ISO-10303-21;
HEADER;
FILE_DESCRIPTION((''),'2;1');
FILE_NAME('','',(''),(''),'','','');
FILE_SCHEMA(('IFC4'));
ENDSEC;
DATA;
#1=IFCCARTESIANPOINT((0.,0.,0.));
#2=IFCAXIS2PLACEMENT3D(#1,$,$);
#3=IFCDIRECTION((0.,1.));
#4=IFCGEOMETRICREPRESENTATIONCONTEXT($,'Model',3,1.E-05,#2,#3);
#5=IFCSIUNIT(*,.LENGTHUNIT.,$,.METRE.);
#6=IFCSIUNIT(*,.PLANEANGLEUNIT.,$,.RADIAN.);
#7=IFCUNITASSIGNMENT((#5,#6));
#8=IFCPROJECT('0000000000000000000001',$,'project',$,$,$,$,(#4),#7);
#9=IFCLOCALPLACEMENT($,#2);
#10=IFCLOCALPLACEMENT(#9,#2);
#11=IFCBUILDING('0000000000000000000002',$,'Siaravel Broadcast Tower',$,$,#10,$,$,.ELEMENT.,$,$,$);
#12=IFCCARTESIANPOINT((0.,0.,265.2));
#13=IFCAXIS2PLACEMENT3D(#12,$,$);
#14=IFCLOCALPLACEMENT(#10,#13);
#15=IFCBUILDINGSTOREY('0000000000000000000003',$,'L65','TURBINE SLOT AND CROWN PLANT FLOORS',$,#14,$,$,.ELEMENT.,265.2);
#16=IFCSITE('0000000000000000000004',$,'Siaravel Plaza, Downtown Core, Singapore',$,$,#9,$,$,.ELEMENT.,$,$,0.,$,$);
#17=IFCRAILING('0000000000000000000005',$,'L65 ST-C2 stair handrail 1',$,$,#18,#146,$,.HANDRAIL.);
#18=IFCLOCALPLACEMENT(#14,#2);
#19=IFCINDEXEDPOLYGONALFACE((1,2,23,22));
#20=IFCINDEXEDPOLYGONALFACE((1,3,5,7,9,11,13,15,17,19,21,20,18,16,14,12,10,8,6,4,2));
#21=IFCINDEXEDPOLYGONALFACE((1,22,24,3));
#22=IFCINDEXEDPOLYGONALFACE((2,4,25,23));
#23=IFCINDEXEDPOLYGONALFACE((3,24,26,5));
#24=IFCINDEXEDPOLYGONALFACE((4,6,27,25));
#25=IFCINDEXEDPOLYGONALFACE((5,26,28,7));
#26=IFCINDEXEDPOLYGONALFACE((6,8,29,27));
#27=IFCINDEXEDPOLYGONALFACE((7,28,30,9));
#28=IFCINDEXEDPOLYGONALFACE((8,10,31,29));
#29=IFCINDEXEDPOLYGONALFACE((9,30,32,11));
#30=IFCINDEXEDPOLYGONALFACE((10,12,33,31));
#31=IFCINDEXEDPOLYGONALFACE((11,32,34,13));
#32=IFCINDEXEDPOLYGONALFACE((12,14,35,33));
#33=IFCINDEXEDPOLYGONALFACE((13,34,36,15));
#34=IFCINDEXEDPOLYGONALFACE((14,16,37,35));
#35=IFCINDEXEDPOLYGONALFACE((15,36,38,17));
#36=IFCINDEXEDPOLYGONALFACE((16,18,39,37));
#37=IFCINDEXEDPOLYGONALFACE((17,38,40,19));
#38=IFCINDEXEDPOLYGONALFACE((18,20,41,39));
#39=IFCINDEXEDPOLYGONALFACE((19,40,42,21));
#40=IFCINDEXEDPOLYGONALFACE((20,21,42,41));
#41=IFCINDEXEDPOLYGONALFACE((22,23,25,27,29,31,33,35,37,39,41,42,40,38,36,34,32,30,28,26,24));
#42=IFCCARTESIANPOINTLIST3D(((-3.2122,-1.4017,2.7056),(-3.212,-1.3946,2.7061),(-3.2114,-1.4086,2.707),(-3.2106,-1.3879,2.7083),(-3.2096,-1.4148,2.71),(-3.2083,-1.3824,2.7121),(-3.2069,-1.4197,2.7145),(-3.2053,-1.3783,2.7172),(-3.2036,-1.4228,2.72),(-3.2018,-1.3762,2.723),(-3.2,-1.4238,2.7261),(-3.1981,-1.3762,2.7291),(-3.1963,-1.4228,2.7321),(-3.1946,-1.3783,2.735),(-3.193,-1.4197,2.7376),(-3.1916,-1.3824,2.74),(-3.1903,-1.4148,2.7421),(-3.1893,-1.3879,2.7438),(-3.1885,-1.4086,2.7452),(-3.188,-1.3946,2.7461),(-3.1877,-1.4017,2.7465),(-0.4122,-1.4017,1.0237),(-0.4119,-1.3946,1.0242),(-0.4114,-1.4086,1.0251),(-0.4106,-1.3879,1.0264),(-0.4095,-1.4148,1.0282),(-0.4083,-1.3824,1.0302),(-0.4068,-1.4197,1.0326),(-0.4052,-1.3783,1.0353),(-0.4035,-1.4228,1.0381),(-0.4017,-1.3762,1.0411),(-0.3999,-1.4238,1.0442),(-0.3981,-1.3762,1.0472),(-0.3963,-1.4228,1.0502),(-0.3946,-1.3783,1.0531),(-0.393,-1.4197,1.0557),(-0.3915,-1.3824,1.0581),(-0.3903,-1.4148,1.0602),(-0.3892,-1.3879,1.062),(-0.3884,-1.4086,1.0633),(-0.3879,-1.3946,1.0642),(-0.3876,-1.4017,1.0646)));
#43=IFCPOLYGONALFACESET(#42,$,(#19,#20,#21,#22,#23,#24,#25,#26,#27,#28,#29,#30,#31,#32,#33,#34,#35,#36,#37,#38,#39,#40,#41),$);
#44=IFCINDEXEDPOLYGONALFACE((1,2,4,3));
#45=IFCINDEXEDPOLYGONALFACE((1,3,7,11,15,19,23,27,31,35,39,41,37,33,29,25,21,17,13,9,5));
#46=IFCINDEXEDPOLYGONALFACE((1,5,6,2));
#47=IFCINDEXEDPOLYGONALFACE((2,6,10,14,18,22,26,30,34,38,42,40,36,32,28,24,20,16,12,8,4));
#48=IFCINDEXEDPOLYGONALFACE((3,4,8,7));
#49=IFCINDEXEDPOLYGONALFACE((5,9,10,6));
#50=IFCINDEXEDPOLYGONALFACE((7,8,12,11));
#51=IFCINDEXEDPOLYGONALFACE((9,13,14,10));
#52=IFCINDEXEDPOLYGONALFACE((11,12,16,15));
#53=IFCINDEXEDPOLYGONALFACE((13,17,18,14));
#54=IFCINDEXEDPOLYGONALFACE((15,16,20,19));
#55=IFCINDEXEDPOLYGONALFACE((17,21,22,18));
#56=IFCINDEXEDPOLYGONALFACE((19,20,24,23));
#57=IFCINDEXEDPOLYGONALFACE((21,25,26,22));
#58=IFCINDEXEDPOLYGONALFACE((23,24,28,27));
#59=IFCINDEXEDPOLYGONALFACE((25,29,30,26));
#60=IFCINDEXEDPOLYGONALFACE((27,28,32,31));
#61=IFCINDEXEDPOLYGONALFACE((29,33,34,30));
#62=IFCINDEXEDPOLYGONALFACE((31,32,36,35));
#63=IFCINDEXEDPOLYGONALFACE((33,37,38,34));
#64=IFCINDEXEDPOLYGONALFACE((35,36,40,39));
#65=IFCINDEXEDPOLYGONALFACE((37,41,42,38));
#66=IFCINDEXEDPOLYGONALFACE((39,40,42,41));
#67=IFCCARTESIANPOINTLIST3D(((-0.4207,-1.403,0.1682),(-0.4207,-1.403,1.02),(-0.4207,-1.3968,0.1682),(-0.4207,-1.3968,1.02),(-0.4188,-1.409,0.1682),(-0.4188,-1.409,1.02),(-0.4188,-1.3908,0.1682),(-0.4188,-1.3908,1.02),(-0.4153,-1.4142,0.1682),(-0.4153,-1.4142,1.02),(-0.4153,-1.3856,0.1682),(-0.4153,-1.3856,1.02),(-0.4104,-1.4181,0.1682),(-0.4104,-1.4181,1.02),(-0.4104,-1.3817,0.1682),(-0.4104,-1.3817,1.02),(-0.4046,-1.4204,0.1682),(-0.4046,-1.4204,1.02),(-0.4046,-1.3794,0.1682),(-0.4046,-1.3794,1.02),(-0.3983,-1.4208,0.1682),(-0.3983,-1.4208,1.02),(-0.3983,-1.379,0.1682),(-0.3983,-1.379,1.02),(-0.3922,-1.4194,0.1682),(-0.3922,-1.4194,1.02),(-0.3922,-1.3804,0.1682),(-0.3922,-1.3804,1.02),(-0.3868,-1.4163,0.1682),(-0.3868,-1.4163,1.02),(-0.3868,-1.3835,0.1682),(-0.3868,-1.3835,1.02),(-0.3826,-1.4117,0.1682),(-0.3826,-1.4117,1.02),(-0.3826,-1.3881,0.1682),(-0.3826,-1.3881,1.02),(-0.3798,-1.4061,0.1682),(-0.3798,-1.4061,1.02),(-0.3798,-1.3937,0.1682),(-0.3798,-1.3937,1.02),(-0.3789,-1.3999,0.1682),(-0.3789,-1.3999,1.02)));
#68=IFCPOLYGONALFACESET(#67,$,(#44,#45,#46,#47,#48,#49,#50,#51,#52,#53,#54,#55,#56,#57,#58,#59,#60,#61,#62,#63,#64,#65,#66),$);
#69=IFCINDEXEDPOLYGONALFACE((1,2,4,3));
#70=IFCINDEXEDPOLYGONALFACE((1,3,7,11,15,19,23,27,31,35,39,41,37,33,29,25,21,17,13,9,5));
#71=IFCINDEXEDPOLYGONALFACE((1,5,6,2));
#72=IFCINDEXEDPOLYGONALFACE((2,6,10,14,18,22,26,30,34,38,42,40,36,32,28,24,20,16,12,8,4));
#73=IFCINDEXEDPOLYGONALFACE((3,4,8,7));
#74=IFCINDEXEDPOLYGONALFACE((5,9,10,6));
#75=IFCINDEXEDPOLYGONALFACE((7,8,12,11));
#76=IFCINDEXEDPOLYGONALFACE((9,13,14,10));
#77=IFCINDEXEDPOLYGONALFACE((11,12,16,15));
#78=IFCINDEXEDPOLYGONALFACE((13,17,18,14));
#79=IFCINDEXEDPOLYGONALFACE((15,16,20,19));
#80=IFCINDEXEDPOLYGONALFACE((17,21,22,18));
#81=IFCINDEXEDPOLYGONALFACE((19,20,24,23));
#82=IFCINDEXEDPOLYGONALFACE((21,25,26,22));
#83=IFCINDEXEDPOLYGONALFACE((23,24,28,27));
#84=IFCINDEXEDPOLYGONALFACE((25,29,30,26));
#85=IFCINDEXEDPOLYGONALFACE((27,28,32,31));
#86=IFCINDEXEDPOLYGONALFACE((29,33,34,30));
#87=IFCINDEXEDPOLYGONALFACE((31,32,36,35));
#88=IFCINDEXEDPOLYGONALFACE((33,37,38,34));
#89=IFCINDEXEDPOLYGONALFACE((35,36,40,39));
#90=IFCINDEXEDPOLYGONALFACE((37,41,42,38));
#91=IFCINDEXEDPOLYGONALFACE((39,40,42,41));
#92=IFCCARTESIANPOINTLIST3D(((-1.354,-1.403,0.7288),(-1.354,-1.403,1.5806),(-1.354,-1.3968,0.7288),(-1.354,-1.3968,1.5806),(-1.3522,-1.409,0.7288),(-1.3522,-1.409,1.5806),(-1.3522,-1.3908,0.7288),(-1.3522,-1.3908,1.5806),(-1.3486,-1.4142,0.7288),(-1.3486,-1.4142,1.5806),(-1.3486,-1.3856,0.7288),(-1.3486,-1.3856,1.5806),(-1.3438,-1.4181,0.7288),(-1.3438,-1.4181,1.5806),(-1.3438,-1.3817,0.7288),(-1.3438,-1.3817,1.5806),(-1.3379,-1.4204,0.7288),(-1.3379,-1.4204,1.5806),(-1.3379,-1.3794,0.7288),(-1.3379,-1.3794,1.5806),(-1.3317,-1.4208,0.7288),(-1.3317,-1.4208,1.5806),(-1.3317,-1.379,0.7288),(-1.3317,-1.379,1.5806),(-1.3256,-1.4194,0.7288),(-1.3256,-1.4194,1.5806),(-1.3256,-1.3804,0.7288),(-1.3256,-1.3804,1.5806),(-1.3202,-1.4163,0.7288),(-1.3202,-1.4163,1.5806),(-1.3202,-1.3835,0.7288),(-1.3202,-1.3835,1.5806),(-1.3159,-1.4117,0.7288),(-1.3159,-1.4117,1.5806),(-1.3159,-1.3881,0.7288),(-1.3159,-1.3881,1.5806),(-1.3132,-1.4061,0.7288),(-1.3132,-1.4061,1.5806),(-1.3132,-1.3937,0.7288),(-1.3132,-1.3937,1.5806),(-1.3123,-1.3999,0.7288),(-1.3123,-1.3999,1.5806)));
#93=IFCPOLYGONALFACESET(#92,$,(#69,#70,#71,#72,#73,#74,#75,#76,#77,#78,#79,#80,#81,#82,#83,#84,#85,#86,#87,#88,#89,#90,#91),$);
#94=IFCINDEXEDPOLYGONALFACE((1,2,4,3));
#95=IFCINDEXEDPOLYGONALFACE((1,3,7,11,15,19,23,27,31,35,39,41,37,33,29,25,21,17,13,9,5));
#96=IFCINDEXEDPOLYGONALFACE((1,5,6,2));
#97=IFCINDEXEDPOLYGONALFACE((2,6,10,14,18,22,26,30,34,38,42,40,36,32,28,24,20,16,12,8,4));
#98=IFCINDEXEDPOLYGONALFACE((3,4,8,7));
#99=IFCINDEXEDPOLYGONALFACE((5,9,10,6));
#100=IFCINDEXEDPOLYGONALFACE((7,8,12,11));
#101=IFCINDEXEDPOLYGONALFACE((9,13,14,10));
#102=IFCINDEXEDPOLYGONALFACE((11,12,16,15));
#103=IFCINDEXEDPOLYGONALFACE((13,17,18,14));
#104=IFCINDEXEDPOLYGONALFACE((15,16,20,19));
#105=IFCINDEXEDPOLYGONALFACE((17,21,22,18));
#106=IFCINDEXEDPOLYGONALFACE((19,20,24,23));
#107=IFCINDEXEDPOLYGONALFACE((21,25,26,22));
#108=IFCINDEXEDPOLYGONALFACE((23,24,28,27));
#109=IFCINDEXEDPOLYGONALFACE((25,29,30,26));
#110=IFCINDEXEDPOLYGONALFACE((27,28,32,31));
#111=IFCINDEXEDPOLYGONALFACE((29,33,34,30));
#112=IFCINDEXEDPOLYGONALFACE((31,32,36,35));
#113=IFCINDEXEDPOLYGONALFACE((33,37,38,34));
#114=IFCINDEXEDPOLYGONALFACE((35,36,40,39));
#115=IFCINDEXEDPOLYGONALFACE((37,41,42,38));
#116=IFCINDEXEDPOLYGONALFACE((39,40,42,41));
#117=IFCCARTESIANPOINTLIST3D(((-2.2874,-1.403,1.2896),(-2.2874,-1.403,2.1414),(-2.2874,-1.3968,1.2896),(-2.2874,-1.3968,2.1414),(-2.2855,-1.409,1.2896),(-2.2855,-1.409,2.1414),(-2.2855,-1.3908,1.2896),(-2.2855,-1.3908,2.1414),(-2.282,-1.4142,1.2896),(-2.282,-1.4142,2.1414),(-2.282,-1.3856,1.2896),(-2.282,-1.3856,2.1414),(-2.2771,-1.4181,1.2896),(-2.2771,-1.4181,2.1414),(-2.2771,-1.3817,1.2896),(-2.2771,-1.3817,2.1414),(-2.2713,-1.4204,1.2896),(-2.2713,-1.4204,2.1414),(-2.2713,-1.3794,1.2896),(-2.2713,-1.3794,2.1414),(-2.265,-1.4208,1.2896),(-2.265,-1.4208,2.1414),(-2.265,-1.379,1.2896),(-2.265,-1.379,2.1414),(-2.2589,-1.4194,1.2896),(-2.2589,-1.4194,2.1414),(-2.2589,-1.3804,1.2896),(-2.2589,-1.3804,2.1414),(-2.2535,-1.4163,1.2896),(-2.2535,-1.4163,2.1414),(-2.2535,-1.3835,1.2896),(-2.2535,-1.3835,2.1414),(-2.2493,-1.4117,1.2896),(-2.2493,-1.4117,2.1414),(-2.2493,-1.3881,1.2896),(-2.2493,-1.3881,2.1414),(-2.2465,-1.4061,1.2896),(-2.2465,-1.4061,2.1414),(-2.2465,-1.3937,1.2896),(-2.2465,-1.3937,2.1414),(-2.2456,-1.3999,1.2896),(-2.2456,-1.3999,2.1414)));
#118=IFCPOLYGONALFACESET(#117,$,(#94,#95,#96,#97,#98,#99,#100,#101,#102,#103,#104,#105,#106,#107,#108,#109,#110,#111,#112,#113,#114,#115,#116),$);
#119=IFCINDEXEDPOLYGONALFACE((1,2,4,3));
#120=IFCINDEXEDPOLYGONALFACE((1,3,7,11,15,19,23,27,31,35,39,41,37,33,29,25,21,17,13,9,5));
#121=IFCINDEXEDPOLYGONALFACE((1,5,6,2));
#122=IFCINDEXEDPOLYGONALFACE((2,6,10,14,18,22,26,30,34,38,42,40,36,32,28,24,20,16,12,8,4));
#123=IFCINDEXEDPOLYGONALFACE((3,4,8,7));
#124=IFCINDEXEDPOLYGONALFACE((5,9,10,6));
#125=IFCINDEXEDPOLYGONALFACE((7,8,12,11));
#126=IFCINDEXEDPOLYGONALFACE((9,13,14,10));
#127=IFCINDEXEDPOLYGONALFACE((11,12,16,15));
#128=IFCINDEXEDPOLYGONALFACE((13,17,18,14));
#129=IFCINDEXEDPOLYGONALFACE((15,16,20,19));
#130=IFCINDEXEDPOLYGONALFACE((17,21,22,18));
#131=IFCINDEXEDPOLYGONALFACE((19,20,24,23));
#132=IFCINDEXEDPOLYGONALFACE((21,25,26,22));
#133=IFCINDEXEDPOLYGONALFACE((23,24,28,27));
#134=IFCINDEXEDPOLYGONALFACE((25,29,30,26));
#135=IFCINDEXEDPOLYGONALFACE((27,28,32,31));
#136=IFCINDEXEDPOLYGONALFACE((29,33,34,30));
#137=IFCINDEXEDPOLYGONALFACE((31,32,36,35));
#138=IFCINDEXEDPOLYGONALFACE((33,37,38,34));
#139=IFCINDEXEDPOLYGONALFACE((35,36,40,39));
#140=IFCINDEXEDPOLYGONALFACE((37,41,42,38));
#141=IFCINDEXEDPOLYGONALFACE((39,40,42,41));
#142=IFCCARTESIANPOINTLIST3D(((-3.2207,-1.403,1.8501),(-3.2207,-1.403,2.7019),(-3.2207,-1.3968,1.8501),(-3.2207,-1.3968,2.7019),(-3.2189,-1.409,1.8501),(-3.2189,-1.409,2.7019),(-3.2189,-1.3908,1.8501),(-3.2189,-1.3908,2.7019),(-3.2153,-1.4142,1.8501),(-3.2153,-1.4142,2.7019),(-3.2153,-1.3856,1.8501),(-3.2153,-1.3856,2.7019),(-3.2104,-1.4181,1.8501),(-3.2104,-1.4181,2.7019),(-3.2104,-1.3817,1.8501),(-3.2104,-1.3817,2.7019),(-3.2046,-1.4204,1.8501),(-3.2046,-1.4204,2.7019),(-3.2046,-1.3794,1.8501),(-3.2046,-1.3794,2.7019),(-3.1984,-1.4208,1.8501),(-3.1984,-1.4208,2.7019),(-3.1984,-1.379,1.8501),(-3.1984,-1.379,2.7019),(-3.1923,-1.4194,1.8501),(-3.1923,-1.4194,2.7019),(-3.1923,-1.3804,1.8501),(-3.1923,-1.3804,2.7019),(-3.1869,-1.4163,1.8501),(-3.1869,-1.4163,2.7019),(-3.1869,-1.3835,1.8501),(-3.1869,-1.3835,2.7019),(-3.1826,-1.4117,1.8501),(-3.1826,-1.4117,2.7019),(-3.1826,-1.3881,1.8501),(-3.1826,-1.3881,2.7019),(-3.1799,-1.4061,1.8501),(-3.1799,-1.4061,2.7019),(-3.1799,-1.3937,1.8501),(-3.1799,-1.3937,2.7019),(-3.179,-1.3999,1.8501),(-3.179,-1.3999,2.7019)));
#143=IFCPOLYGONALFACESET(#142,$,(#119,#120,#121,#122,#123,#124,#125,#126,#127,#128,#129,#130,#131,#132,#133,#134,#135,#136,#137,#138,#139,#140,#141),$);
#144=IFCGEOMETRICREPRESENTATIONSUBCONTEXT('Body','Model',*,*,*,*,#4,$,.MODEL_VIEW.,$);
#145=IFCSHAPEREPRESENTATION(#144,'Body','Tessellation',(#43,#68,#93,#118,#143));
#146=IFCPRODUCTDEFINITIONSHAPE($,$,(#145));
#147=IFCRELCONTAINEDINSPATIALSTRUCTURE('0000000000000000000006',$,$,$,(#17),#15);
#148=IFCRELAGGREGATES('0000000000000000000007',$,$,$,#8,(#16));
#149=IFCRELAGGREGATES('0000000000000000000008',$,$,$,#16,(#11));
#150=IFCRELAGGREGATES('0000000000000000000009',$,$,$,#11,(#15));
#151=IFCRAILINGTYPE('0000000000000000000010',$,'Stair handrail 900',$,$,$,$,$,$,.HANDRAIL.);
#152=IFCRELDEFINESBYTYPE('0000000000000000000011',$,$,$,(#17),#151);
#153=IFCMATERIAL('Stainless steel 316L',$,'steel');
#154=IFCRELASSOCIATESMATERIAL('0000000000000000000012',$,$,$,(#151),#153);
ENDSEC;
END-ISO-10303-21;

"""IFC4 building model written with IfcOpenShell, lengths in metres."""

from ifc_helpers import new_model, si_unit, direction, frame, origin, origin_2d, place, context, subcontext, project, spatial, circle, extrude, material, type_object, element, save


model = new_model("IFC4")

# Units and contexts
model_context = context("Model", 3, precision=1e-05, world=origin(), true_north=direction((0.0, 1.0)))
body_context = subcontext(model_context, "Body", "Model", "MODEL_VIEW")
ifc_project = project(units=[si_unit("LENGTHUNIT", "METRE"), si_unit("PLANEANGLEUNIT", "RADIAN")], contexts=[model_context])

# Site, building, storey
site_placement = place(None, origin())
site = spatial("IfcSite", under=ifc_project, at=site_placement, Name="Siaravel Plaza, Downtown Core, Singapore", CompositionType="ELEMENT", RefElevation=0.0)
building_placement = place(site_placement, origin())
building = spatial("IfcBuilding", under=site, at=building_placement, Name="Siaravel Broadcast Tower", CompositionType="ELEMENT")
storey_placement = place(building_placement, frame((0.0, 0.0, 265.2)))
storey = spatial("IfcBuildingStorey", under=building, at=storey_placement, Name="L65", Description="TURBINE SLOT AND CROWN PLANT FLOORS", CompositionType="ELEMENT", Elevation=265.2)

# Railing
ifc_material_1 = material(Name="Stainless steel 316L", Category="steel")
railing_type_1 = type_object("IfcRailingType", Name="Stair handrail 900", PredefinedType="HANDRAIL", material=ifc_material_1)
railing_1_placement = place(storey_placement, frame((-0.3999, -1.3999, 0.1682)))
element("IfcRailing", 1, at=railing_1_placement, inside=storey, type_object=railing_type_1, Name="L65 ST-C2 stair handrail 1", PredefinedType="HANDRAIL", context=body_context, shape_type="SweptSolid", body=[
    extrude(circle(Radius=0.0239, at=origin_2d()), frame((0.0, 0.0, 0.876), z_axis=(-0.857242, 0.0, 0.514913), x_axis=(0.0, -1.0, 0.0)), (0.0, 0.0, 1.0), 3.2664),
    extrude(circle(Radius=0.021, at=origin_2d()), origin(), (0.0, 0.0, 1.0), 0.8518),
    extrude(circle(Radius=0.021, at=origin_2d()), frame((-0.9333, 0.0, 0.5605)), (0.0, 0.0, 1.0), 0.8518),
    extrude(circle(Radius=0.021, at=origin_2d()), frame((-1.8667, 0.0, 1.1213)), (0.0, 0.0, 1.0), 0.8518),
    extrude(circle(Radius=0.021, at=origin_2d()), frame((-2.8, 0.0, 1.6819)), (0.0, 0.0, 1.0), 0.8518),
])

save(model, "model.ifc")
